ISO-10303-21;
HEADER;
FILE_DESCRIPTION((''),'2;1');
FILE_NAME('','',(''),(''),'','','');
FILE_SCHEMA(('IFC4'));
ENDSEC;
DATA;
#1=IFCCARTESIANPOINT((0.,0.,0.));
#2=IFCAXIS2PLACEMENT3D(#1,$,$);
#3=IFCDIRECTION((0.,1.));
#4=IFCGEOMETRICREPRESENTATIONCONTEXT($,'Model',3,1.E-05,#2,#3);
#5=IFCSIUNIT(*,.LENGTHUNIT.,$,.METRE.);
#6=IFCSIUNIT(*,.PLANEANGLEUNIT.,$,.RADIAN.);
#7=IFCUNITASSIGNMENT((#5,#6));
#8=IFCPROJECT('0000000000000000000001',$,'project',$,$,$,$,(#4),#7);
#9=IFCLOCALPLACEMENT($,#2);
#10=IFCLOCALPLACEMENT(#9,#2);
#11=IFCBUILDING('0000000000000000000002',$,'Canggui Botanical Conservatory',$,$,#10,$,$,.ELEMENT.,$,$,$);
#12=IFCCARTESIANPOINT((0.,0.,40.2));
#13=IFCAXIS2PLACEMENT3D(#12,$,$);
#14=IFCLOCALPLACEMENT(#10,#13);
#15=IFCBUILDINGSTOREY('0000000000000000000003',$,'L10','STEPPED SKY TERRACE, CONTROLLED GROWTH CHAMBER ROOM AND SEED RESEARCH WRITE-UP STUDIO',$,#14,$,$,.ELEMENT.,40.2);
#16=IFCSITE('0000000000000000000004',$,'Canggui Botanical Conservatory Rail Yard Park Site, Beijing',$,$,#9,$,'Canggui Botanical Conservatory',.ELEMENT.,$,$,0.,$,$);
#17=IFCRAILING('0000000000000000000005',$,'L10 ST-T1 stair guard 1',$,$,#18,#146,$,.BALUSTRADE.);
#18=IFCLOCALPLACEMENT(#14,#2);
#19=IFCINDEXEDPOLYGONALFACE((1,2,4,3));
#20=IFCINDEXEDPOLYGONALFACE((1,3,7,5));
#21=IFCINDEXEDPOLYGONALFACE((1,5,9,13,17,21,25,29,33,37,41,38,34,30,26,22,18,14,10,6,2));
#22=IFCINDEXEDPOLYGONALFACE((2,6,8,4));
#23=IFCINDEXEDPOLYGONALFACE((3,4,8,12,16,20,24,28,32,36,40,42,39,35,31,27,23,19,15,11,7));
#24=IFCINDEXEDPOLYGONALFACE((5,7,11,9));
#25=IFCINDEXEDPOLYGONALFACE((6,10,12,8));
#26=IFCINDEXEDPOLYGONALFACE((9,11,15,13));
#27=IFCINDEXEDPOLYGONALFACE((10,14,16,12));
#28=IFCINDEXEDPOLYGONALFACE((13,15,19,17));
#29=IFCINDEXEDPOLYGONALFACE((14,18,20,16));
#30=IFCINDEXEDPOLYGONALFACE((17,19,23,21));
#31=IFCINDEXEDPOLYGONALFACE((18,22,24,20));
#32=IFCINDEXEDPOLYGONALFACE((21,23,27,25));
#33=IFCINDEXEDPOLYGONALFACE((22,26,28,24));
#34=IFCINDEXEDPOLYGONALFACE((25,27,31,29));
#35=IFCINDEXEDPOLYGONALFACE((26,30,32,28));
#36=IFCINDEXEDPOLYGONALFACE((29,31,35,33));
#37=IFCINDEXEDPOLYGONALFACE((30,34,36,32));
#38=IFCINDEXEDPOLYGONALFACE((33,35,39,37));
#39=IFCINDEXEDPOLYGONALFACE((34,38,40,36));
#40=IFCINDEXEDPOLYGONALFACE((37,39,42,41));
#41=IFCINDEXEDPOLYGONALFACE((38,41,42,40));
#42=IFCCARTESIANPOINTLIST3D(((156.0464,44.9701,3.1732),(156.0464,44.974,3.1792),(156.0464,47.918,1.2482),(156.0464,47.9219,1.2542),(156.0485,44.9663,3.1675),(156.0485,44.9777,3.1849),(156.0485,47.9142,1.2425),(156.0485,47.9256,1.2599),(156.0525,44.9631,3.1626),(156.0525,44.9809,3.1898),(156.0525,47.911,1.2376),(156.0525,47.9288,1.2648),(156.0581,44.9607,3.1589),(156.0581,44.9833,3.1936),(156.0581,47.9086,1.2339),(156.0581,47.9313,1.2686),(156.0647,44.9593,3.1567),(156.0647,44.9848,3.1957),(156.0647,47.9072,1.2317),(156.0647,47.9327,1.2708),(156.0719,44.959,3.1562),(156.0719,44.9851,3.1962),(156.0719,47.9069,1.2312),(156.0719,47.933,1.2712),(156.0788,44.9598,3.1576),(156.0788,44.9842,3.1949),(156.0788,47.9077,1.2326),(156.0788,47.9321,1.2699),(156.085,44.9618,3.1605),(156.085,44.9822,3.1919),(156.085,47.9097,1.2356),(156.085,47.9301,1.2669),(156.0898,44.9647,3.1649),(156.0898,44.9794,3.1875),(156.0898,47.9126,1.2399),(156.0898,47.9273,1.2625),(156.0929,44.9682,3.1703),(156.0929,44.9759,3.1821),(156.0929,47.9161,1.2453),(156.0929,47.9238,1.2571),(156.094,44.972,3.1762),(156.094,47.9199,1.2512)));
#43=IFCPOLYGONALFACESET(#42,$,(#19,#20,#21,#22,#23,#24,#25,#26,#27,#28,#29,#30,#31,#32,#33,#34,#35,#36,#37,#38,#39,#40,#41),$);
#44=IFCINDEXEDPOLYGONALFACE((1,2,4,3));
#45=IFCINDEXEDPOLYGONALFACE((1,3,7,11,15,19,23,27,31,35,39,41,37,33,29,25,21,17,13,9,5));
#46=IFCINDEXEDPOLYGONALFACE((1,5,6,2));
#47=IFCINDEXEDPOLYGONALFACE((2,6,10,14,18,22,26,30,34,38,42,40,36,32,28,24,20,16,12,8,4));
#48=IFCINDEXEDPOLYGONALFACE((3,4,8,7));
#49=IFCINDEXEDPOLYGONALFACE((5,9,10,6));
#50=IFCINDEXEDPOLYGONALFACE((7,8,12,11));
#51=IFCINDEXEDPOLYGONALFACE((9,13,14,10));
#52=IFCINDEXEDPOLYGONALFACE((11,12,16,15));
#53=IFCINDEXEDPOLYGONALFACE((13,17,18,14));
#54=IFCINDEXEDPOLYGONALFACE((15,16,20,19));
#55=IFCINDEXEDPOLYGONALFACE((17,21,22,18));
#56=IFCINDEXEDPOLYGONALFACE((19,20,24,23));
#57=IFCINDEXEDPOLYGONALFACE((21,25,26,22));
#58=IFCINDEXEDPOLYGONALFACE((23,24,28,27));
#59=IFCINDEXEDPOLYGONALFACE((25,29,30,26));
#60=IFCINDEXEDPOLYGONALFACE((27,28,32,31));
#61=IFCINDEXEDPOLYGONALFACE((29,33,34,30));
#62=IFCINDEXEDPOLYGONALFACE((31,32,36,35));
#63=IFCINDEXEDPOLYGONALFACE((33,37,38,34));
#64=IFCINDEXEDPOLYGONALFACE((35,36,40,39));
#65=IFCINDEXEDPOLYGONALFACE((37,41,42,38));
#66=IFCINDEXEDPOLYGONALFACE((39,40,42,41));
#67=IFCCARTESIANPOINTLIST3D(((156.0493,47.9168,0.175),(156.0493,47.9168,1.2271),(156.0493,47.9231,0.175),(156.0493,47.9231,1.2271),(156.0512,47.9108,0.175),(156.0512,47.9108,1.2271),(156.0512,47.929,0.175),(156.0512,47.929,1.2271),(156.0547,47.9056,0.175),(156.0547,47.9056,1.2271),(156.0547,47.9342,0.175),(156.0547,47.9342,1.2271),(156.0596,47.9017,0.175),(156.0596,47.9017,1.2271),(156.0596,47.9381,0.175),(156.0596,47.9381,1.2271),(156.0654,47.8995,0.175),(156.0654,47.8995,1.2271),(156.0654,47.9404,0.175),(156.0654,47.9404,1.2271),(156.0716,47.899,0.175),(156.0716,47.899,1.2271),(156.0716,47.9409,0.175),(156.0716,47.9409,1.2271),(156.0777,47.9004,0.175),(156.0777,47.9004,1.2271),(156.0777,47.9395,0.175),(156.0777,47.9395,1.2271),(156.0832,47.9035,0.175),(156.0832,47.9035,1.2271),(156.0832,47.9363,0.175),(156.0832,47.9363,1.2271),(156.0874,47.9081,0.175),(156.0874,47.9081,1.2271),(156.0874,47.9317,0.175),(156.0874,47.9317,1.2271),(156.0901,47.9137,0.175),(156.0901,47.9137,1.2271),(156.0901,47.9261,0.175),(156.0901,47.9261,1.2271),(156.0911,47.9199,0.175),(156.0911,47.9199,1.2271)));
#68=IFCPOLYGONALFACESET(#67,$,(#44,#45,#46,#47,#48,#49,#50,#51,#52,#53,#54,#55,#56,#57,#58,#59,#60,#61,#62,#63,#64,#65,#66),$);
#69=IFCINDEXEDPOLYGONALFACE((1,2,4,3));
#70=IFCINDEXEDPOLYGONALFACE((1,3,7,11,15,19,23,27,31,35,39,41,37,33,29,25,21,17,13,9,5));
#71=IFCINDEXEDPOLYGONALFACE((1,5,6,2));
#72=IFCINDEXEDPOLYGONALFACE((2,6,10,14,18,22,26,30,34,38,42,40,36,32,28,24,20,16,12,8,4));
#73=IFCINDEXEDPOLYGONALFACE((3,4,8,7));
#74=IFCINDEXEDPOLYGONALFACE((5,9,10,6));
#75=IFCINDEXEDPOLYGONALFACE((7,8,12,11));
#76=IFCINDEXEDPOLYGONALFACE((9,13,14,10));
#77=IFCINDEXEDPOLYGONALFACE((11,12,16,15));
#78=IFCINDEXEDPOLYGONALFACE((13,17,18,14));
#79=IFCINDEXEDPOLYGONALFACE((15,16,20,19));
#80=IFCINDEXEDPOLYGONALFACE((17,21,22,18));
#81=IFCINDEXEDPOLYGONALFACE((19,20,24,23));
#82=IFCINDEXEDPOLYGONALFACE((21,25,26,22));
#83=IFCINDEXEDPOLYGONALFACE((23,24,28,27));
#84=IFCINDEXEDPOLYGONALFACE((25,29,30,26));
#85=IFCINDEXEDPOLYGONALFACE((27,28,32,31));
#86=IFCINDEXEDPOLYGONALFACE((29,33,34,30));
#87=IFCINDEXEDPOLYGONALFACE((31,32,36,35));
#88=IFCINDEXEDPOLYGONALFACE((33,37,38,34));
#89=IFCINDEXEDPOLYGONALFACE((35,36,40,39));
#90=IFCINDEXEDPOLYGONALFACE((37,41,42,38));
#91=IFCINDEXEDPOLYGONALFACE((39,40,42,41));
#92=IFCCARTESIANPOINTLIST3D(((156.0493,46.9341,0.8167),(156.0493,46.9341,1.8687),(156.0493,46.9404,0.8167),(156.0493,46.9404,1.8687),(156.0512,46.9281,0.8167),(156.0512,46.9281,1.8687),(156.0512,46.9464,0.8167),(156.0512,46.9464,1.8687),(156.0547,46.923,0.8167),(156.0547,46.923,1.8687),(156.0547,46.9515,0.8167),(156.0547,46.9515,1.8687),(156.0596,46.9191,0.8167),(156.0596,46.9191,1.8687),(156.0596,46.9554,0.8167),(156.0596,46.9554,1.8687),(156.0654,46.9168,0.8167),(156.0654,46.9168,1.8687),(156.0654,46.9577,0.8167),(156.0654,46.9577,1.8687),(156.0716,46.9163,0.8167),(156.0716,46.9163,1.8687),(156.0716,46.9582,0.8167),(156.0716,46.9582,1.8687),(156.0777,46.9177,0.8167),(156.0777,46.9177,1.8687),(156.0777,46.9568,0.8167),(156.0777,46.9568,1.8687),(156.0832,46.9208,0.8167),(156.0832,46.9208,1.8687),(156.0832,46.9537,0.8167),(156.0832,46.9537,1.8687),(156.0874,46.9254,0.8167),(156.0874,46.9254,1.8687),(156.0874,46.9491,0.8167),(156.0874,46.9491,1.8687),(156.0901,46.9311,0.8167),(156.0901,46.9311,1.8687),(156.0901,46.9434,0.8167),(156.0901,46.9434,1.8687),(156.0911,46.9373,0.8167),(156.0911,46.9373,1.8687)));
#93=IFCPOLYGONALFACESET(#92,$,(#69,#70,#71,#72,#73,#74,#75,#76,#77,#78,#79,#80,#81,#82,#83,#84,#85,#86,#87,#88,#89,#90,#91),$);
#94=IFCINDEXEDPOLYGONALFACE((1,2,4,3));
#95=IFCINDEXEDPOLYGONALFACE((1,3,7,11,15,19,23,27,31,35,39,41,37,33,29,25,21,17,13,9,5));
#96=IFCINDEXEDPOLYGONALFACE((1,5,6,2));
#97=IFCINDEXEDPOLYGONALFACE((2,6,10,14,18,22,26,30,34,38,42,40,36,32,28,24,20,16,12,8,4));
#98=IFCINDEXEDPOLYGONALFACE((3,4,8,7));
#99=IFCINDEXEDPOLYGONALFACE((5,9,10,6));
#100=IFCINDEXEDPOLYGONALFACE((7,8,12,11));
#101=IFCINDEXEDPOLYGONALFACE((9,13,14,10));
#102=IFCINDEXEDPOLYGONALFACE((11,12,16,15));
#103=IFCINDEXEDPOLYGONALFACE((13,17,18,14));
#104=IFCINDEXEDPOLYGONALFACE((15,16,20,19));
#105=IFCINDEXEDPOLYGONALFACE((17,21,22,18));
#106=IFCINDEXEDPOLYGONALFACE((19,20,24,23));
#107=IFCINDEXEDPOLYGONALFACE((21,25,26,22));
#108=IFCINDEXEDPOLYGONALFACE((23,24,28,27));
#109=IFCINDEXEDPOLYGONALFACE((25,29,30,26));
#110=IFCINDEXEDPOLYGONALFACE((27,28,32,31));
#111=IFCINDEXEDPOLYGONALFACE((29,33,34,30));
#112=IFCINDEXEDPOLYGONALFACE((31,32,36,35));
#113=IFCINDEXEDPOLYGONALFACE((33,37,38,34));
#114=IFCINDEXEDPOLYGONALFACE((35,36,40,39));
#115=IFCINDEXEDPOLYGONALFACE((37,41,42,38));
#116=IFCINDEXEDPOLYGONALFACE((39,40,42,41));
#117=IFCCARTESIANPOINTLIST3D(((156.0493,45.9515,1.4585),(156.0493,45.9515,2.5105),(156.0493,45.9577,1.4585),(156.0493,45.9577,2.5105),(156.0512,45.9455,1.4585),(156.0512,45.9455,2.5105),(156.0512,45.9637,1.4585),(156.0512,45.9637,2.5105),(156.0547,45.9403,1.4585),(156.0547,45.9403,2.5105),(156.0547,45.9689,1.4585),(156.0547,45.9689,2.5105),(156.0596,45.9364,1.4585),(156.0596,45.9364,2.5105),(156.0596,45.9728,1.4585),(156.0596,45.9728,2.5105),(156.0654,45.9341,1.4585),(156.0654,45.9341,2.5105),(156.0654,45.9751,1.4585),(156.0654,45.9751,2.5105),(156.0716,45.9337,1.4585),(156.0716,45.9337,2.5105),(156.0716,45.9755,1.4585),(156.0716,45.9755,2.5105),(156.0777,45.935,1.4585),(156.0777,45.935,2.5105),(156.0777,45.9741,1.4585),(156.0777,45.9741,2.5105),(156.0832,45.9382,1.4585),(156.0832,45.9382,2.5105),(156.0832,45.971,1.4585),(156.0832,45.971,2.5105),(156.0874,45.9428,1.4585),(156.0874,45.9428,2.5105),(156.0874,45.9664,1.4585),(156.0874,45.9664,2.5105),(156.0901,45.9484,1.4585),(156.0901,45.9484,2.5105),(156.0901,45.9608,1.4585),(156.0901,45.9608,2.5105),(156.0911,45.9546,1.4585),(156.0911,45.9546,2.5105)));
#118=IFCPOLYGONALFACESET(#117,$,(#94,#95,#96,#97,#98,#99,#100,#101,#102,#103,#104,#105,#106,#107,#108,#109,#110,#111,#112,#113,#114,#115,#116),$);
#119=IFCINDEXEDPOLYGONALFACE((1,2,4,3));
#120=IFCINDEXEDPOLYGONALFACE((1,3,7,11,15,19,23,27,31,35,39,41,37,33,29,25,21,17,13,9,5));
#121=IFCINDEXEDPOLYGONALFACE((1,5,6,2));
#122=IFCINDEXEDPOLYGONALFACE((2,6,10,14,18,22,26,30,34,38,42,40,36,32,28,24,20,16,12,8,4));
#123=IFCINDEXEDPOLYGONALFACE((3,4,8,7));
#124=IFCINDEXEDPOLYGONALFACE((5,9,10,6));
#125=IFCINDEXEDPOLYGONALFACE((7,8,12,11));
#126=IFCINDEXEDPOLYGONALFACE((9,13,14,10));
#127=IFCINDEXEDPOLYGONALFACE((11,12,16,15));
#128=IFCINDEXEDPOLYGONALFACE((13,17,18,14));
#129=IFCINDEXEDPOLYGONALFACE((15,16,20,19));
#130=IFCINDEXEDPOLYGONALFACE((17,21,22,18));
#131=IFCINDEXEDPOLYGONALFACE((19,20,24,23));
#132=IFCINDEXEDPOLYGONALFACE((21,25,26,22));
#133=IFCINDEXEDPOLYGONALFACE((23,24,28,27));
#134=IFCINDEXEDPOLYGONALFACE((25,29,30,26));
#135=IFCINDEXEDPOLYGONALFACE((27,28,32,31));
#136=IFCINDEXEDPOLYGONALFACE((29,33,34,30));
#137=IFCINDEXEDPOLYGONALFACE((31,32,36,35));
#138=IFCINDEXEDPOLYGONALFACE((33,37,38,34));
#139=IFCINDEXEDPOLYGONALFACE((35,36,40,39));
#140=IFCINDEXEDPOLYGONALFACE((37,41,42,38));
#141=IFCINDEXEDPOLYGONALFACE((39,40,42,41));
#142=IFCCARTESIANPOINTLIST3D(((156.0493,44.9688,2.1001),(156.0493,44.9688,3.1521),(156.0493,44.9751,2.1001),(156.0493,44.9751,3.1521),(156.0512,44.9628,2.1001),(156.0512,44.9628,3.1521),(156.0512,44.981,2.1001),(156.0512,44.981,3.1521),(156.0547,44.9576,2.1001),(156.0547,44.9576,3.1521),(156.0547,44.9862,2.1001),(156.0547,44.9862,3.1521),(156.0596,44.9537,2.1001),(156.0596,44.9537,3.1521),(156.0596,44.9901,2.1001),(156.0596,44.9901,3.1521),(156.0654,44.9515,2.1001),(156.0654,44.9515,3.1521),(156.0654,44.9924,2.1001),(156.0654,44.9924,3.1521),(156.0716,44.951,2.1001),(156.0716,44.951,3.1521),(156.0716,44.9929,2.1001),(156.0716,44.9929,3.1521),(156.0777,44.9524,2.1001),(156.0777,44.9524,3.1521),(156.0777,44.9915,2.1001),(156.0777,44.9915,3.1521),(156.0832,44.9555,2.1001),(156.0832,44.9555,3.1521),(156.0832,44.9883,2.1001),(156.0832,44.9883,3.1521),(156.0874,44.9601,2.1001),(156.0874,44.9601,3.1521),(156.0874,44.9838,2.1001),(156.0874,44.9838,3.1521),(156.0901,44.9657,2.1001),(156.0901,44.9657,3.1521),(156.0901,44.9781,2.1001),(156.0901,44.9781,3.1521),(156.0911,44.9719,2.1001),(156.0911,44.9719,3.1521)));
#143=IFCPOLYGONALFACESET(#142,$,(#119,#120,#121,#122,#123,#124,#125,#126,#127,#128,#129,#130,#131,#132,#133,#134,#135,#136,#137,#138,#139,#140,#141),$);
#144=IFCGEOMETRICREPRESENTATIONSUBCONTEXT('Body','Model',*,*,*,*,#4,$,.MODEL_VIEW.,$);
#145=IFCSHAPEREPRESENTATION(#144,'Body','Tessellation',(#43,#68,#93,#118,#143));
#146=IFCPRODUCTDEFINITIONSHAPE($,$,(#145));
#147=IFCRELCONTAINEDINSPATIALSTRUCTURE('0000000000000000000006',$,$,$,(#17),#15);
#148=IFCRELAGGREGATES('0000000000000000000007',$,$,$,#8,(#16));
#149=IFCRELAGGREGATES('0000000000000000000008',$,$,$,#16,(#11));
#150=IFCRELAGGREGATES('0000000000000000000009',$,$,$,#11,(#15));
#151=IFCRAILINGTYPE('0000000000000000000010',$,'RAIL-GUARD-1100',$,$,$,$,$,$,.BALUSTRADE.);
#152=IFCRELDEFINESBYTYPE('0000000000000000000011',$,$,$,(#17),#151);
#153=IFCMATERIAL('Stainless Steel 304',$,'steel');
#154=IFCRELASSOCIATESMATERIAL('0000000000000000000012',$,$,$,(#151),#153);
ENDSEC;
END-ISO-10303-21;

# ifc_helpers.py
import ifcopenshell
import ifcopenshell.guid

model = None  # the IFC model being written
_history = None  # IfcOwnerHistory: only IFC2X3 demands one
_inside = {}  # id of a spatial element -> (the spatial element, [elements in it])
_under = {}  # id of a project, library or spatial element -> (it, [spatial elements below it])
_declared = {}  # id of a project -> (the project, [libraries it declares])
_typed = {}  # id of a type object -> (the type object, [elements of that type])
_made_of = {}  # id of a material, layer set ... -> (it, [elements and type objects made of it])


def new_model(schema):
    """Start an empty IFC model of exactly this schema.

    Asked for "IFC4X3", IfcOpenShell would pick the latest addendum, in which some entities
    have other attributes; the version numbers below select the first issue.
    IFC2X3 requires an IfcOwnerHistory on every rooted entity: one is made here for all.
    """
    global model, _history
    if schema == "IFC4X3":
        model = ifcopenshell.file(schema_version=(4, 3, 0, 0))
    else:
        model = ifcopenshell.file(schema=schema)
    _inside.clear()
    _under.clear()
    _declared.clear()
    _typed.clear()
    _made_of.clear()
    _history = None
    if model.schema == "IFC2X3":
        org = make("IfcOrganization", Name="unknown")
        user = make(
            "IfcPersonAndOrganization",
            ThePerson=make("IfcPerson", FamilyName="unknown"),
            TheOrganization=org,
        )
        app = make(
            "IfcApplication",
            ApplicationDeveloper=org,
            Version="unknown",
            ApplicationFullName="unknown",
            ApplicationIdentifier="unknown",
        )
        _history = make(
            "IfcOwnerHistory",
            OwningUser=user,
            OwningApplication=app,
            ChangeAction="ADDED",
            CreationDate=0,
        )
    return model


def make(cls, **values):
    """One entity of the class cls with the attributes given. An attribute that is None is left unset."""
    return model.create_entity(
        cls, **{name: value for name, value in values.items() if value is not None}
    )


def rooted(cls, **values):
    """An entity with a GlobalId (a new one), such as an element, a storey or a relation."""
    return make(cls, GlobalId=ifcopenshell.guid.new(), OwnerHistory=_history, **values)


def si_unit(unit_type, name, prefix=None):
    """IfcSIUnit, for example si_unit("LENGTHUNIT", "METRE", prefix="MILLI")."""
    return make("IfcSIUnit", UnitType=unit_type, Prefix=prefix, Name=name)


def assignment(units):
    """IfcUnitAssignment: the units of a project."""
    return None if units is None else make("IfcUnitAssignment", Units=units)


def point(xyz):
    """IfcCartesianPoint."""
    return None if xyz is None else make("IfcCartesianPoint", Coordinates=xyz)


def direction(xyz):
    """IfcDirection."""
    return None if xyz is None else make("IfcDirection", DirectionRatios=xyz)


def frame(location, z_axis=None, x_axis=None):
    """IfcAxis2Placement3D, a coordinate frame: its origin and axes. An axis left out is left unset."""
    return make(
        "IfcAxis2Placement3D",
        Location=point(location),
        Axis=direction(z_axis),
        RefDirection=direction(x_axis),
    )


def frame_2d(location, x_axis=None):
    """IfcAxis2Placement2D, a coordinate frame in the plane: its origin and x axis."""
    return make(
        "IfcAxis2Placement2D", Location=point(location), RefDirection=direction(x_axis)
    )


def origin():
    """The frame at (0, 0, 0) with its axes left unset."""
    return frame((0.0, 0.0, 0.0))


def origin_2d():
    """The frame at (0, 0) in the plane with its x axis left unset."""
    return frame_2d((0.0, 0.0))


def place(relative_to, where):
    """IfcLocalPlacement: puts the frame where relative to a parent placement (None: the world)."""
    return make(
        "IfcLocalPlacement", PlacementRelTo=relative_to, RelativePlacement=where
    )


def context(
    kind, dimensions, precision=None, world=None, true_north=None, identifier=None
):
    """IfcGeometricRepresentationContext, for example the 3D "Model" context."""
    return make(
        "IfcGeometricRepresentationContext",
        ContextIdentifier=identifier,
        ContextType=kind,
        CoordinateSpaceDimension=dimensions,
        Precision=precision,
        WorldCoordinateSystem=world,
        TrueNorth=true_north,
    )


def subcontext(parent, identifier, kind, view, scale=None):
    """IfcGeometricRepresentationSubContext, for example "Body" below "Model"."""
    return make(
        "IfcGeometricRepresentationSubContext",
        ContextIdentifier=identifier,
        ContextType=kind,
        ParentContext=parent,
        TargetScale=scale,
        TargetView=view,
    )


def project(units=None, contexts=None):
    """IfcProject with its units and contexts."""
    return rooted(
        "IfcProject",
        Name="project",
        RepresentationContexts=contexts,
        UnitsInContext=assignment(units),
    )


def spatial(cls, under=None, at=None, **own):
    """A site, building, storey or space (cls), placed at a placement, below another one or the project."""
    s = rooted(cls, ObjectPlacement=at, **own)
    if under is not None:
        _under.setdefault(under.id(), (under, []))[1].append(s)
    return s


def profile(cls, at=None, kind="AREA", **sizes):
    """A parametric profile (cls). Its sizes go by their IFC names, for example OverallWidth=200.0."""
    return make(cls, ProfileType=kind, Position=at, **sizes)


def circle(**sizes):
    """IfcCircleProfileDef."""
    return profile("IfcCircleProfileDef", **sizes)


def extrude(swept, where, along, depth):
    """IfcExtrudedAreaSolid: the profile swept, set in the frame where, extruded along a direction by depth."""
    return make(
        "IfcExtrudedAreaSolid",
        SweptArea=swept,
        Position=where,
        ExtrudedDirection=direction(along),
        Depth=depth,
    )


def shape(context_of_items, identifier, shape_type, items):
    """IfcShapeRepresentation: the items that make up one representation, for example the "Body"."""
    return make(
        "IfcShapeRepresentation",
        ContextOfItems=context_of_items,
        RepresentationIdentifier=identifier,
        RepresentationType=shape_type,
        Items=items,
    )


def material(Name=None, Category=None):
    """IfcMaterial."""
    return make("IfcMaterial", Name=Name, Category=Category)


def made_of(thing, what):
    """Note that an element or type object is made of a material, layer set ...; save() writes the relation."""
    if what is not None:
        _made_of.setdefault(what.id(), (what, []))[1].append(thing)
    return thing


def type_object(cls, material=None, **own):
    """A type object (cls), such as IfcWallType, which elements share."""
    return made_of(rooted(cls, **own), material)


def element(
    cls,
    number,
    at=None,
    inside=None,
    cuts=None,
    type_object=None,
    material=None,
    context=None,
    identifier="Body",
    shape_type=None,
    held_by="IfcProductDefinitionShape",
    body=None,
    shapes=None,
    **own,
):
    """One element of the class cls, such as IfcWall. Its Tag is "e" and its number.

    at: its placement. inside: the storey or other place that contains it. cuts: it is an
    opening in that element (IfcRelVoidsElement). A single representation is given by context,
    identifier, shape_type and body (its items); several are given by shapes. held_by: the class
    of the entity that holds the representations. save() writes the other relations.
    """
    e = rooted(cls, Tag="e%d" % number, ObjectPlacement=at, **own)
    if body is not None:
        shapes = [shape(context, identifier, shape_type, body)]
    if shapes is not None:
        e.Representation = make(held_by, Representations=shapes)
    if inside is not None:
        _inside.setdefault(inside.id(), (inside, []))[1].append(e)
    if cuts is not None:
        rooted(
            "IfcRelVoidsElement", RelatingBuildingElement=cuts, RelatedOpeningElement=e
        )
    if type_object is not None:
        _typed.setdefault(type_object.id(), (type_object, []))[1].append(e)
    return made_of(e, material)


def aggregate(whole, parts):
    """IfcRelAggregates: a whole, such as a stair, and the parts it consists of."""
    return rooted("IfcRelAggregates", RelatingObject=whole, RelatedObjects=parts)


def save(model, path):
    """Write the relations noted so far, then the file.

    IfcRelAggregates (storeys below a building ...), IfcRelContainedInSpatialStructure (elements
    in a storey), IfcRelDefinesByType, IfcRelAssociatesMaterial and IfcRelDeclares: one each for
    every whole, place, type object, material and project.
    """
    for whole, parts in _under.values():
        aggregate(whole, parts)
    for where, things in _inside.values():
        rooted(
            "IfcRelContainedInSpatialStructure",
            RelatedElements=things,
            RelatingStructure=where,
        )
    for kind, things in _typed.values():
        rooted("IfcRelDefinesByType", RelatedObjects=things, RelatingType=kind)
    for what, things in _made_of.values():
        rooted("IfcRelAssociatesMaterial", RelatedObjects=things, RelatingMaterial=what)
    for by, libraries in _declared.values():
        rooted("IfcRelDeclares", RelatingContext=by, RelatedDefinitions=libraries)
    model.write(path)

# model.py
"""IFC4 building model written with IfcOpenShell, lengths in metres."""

from ifc_helpers import new_model, si_unit, direction, frame, origin, origin_2d, place, context, subcontext, project, spatial, circle, extrude, material, type_object, element, save


model = new_model("IFC4")

# Units and contexts
model_context = context("Model", 3, precision=1e-05, world=origin(), true_north=direction((0.0, 1.0)))
body_context = subcontext(model_context, "Body", "Model", "MODEL_VIEW")
ifc_project = project(units=[si_unit("LENGTHUNIT", "METRE"), si_unit("PLANEANGLEUNIT", "RADIAN")], contexts=[model_context])

# Site, building, storey
site_placement = place(None, origin())
site = spatial("IfcSite", under=ifc_project, at=site_placement, Name="Canggui Botanical Conservatory Rail Yard Park Site, Beijing", LongName="Canggui Botanical Conservatory", CompositionType="ELEMENT", RefElevation=0.0)
building_placement = place(site_placement, origin())
building = spatial("IfcBuilding", under=site, at=building_placement, Name="Canggui Botanical Conservatory", CompositionType="ELEMENT")
storey_placement = place(building_placement, frame((0.0, 0.0, 40.2)))
storey = spatial("IfcBuildingStorey", under=building, at=storey_placement, Name="L10", Description="STEPPED SKY TERRACE, CONTROLLED GROWTH CHAMBER ROOM AND SEED RESEARCH WRITE-UP STUDIO", CompositionType="ELEMENT", Elevation=40.2)

# Railing
ifc_material_1 = material(Name="Stainless Steel 304", Category="steel")
railing_type_1 = type_object("IfcRailingType", Name="RAIL-GUARD-1100", PredefinedType="BALUSTRADE", material=ifc_material_1)
railing_1_placement = place(storey_placement, frame((156.0701, 47.9199, 0.175)))
element("IfcRailing", 1, at=railing_1_placement, inside=storey, type_object=railing_type_1, Name="L10 ST-T1 stair guard 1", PredefinedType="BALUSTRADE", context=body_context, shape_type="SweptSolid", body=[
    extrude(circle(Radius=0.0239, at=origin_2d()), frame((0.0, 0.0, 1.0762), z_axis=(0.0, -0.837293, 0.546754), x_axis=(1.0, 0.0, 0.0)), (0.0, 0.0, 1.0), 3.5208),
    extrude(circle(Radius=0.021, at=origin_2d()), origin(), (0.0, 0.0, 1.0), 1.052),
    extrude(circle(Radius=0.021, at=origin_2d()), frame((0.0, -0.9827, 0.6416)), (0.0, 0.0, 1.0), 1.052),
    extrude(circle(Radius=0.021, at=origin_2d()), frame((0.0, -1.9653, 1.2834)), (0.0, 0.0, 1.0), 1.052),
    extrude(circle(Radius=0.021, at=origin_2d()), frame((0.0, -2.948, 1.925)), (0.0, 0.0, 1.0), 1.052),
])

save(model, "model.ifc")
